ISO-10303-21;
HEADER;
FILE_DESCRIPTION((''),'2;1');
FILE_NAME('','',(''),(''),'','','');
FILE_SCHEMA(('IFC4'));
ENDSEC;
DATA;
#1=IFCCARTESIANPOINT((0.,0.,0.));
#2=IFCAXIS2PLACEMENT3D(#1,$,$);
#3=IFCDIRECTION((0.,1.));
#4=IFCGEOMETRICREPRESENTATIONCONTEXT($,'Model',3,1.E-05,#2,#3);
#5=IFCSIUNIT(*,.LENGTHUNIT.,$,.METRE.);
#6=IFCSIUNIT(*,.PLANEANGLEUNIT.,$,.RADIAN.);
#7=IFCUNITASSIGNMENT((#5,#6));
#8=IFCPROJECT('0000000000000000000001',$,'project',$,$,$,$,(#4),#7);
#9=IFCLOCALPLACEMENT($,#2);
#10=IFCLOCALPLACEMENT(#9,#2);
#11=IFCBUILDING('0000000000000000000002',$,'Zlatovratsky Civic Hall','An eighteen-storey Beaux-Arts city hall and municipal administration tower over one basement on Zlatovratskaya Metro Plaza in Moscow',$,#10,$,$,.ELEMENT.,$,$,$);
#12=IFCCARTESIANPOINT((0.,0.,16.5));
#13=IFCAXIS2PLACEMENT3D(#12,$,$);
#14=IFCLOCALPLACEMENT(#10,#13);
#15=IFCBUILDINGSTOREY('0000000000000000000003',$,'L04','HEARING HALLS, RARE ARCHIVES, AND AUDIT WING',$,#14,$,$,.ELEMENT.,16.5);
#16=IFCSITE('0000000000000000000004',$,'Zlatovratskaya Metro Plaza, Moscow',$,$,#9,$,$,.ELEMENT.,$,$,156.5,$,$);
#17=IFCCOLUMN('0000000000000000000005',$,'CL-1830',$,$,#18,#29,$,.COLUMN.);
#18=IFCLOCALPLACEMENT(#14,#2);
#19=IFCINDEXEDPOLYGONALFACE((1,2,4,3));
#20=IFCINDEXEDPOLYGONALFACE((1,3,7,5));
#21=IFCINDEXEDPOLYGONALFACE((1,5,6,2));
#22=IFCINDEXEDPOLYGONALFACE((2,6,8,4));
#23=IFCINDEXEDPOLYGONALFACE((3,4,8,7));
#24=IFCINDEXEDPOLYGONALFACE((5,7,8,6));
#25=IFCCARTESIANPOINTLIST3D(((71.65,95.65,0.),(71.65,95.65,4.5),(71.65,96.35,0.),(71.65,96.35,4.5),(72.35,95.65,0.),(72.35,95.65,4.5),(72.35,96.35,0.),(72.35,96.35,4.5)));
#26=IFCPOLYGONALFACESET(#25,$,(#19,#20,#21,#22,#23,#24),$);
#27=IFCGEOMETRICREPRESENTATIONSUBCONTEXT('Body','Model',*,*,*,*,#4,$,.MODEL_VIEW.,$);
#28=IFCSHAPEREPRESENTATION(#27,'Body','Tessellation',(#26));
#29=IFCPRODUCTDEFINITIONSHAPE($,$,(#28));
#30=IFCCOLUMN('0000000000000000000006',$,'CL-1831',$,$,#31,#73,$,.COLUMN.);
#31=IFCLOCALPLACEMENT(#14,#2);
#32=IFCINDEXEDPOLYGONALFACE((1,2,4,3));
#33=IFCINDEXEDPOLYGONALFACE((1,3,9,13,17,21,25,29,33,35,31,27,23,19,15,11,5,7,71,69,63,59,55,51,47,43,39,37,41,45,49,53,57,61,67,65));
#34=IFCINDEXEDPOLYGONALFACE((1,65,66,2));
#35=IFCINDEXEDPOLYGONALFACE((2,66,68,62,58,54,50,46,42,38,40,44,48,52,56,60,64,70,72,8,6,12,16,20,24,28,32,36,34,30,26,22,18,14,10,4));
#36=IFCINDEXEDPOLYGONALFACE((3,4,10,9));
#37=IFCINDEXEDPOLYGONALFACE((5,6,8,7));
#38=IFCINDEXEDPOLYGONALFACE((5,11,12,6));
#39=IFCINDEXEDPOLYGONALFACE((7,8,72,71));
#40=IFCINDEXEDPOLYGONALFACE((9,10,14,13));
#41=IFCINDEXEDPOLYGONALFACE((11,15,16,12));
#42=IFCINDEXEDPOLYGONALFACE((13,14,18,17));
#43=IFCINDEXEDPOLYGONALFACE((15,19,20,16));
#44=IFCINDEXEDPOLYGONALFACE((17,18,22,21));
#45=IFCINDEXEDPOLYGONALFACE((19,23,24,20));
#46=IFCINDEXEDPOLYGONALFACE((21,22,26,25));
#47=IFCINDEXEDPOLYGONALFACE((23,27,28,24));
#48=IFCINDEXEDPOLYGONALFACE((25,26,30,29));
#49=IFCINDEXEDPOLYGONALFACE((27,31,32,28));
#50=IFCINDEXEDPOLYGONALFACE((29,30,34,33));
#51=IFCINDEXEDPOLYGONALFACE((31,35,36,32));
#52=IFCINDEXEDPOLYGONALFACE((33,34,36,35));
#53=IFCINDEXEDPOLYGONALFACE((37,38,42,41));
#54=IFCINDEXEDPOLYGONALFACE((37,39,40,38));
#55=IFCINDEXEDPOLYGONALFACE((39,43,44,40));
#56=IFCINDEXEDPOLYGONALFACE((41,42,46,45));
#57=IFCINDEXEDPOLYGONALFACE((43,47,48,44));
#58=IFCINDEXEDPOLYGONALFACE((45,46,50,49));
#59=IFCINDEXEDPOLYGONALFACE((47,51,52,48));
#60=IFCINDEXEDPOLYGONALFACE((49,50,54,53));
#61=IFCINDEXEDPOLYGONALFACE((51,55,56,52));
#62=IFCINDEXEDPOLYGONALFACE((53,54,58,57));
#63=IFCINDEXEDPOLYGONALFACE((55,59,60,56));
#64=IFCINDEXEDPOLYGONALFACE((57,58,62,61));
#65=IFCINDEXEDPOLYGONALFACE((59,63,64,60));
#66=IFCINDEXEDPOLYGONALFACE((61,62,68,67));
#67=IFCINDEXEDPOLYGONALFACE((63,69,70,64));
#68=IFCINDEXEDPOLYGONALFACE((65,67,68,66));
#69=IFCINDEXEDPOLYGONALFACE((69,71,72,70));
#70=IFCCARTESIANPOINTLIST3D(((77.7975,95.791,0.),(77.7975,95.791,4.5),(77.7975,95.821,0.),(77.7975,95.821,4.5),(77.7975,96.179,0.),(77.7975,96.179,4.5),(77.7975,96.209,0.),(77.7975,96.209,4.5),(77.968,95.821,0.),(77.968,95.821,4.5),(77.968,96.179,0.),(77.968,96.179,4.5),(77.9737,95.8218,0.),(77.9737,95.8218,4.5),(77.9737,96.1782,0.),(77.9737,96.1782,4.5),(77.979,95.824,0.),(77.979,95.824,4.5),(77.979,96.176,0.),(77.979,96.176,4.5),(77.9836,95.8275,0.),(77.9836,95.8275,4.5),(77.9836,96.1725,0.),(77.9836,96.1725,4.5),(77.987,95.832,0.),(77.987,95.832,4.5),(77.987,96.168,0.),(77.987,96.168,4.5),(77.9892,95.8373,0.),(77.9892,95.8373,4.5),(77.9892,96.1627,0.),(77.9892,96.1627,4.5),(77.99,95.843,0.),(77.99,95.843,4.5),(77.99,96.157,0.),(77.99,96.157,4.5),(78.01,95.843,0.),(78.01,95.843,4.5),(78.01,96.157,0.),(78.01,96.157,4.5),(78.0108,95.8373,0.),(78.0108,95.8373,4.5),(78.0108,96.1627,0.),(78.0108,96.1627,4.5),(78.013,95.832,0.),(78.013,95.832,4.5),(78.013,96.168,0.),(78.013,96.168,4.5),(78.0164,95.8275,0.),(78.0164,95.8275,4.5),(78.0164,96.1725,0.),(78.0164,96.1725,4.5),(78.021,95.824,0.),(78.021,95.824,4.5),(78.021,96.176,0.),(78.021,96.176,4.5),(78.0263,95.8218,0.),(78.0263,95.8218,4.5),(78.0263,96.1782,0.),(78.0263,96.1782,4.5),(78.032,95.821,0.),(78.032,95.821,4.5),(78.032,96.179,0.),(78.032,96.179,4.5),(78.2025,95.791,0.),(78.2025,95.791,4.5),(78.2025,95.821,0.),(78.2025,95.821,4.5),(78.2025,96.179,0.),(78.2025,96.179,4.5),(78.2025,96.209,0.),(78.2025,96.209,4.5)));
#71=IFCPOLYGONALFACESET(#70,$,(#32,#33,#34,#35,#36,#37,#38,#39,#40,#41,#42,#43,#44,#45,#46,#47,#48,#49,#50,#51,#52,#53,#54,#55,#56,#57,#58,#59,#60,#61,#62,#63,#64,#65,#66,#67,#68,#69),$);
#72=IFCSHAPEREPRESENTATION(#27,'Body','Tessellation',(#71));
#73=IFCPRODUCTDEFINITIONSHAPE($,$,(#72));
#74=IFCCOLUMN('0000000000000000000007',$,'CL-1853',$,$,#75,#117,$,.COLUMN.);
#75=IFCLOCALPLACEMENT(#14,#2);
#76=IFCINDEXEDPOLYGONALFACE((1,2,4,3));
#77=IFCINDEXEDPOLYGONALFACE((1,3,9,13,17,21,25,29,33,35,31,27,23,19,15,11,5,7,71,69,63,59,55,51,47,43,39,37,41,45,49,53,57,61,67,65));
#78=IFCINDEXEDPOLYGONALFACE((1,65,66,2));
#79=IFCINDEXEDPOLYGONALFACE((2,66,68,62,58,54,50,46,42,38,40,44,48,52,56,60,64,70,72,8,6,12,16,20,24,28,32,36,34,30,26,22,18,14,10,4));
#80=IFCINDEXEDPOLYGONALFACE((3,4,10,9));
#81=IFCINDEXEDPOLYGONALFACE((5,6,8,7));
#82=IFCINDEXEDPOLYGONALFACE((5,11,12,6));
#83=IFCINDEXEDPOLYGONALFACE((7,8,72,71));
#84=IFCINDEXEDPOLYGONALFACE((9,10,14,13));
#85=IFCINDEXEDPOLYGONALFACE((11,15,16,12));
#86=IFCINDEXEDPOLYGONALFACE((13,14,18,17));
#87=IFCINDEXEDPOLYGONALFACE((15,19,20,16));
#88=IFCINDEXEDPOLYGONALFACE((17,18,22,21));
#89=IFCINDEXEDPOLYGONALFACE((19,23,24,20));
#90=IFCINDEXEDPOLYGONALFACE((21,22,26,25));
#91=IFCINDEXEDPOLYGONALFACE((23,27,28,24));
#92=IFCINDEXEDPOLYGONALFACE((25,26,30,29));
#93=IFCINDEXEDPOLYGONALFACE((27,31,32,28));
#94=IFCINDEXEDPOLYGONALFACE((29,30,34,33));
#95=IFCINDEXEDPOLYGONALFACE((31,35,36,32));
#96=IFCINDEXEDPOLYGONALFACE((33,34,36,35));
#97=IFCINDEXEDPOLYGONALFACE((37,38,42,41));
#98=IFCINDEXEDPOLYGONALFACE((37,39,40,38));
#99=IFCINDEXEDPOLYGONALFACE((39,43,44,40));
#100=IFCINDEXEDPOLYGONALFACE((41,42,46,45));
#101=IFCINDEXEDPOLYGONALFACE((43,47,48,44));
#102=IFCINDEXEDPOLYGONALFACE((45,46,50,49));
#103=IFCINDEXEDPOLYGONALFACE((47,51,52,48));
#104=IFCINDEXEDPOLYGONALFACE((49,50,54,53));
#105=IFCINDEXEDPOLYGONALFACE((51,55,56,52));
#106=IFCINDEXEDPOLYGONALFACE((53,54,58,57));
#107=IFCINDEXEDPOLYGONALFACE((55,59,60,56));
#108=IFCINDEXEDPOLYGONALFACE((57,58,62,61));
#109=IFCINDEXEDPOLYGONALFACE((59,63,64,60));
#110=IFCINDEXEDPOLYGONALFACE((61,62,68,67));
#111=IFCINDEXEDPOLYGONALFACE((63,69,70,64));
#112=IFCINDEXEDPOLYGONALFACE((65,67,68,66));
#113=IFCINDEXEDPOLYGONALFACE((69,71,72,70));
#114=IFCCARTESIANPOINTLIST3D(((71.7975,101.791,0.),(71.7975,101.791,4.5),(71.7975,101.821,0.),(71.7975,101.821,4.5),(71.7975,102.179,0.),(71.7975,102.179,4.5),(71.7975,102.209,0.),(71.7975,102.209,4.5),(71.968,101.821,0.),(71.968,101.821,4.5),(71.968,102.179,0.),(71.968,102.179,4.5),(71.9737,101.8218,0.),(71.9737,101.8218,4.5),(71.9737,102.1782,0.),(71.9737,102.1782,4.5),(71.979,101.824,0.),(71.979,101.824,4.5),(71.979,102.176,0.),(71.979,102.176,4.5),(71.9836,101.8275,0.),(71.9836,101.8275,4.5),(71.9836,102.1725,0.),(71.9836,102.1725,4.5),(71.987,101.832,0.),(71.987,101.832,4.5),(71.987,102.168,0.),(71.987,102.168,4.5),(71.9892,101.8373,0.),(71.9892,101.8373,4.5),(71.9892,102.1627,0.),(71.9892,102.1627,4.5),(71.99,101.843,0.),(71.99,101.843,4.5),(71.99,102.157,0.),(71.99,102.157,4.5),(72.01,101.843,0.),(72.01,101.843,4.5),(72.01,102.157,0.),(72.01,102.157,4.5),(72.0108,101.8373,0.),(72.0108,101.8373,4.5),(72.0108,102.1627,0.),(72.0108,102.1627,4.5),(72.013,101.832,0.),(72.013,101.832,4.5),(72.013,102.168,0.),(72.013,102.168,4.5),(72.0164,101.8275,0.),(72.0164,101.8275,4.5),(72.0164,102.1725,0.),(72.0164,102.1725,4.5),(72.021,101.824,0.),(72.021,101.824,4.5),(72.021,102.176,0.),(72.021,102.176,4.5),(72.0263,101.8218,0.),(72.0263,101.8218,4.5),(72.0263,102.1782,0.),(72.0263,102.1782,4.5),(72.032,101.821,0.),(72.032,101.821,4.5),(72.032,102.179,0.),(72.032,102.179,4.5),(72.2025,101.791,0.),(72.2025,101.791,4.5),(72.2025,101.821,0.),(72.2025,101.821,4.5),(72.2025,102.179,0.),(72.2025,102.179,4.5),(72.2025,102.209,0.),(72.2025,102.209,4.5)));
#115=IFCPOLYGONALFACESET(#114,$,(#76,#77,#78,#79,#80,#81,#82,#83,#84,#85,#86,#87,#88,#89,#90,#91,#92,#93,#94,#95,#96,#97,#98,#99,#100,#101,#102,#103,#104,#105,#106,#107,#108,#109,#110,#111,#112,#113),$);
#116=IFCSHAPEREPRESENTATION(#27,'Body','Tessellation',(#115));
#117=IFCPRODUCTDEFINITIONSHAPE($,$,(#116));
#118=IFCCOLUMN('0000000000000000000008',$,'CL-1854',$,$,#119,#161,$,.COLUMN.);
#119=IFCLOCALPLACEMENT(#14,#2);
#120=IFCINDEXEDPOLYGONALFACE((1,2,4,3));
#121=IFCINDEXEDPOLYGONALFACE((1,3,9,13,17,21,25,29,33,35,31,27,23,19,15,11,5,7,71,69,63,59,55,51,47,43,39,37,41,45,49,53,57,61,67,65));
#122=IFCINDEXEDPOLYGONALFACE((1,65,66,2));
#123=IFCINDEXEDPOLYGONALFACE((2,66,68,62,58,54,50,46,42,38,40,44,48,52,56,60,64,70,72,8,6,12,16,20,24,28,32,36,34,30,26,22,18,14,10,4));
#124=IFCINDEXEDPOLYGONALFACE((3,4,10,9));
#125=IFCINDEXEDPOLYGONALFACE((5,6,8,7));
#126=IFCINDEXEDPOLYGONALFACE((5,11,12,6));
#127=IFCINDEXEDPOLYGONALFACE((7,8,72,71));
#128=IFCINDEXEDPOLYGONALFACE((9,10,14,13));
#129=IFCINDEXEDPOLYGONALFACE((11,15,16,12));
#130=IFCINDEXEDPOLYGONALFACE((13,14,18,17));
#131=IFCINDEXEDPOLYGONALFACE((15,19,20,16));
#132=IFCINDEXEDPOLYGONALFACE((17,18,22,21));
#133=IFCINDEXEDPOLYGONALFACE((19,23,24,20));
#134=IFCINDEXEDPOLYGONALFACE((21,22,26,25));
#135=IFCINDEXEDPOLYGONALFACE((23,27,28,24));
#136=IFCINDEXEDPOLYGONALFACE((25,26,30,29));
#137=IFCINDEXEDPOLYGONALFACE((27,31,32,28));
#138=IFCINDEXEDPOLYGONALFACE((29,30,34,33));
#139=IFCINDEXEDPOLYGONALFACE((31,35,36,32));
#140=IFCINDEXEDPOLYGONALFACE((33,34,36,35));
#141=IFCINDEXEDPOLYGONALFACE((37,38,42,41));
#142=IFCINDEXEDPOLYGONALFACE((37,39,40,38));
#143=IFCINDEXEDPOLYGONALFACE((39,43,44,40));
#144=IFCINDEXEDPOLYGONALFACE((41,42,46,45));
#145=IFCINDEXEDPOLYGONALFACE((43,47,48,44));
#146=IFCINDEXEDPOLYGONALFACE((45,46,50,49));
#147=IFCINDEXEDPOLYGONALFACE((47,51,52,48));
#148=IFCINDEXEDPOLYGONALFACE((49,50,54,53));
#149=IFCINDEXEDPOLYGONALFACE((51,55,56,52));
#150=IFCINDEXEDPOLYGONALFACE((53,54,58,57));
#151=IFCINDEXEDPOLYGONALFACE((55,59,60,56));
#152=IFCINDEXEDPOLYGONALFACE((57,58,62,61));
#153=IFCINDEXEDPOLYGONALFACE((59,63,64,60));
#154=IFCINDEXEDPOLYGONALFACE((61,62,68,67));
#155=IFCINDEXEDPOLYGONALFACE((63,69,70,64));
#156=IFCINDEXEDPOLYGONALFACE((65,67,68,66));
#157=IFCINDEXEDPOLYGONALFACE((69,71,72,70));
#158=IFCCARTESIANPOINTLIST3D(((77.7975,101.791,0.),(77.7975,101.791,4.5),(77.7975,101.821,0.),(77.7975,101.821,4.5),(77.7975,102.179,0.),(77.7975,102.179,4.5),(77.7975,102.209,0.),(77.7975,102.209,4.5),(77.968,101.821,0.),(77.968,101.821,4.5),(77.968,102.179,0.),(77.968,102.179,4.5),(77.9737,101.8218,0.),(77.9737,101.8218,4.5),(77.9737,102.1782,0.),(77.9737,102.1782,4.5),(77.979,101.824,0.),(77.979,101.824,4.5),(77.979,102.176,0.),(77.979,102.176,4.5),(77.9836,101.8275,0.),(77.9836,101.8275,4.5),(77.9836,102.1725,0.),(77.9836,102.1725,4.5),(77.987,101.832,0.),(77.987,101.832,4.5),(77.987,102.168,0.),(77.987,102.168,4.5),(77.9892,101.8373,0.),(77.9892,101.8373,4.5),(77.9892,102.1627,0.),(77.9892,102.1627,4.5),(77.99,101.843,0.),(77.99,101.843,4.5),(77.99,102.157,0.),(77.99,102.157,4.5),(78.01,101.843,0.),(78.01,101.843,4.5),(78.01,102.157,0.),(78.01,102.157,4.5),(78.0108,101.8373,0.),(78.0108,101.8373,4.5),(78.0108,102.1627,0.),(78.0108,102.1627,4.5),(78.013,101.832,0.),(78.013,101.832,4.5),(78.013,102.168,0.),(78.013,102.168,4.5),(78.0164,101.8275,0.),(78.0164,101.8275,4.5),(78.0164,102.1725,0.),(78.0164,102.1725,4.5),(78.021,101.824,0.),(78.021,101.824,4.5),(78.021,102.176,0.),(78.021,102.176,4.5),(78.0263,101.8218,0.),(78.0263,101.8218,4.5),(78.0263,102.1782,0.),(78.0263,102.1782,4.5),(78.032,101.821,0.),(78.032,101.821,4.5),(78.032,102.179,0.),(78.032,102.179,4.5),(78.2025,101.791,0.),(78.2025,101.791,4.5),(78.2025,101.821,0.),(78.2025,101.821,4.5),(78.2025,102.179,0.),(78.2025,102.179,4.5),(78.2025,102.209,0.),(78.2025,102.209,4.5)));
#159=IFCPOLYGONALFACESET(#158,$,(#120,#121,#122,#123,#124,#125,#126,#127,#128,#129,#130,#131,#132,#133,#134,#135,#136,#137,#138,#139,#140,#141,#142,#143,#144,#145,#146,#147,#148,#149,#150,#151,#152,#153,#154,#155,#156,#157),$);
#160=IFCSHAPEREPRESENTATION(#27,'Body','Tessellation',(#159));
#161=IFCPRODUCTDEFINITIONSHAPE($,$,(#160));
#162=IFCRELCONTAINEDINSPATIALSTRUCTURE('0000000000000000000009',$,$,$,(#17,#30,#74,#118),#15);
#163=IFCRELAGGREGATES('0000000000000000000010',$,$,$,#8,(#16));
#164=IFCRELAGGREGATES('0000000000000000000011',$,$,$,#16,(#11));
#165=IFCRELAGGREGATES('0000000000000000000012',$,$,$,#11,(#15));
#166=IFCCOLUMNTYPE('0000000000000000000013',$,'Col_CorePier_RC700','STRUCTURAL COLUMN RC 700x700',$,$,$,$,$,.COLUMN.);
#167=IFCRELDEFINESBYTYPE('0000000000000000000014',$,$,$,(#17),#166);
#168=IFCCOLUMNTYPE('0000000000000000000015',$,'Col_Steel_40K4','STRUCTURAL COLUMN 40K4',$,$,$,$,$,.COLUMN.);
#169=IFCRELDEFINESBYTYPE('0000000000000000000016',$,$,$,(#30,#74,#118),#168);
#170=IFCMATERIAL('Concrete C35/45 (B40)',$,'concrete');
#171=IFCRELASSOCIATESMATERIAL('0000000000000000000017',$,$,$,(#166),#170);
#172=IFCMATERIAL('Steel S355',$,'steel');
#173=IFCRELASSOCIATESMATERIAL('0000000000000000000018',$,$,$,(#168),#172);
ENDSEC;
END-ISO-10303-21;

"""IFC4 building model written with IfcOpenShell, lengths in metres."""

from ifc_helpers import new_model, si_unit, direction, frame, origin, origin_2d, place, context, subcontext, project, spatial, rectangle, i_section, extrude, material, material_profile, profile_set, type_object, element, save


model = new_model("IFC4")

# Units and contexts
model_context = context("Model", 3, precision=1e-05, world=origin(), true_north=direction((0.0, 1.0)))
body_context = subcontext(model_context, "Body", "Model", "MODEL_VIEW")
ifc_project = project(units=[si_unit("LENGTHUNIT", "METRE"), si_unit("PLANEANGLEUNIT", "RADIAN")], contexts=[model_context])

# Site, building, storey
site_placement = place(None, origin())
site = spatial("IfcSite", under=ifc_project, at=site_placement, Name="Zlatovratskaya Metro Plaza, Moscow", CompositionType="ELEMENT", RefElevation=156.5)
building_placement = place(site_placement, origin())
building = spatial("IfcBuilding", under=site, at=building_placement, Name="Zlatovratsky Civic Hall", Description="An eighteen-storey Beaux-Arts city hall and municipal administration tower over one basement on Zlatovratskaya Metro Plaza in Moscow", CompositionType="ELEMENT")
storey_placement = place(building_placement, frame((0.0, 0.0, 16.5)))
storey = spatial("IfcBuildingStorey", under=building, at=storey_placement, Name="L04", Description="HEARING HALLS, RARE ARCHIVES, AND AUDIT WING", CompositionType="ELEMENT", Elevation=16.5)

# Columns
ifc_material_1 = material(Name="Concrete C35/45 (B40)", Category="concrete")
ifc_material_profile_1 = material_profile(ifc_material_1, rectangle(XDim=0.7, YDim=0.7, at=origin_2d()), Name="RC 700x700")
ifc_profile_set_1 = profile_set([ifc_material_profile_1], Name="Concrete C35/45 (B40)")
column_type_1 = type_object("IfcColumnType", Name="Col_CorePier_RC700", Description="STRUCTURAL COLUMN RC 700x700", PredefinedType="COLUMN", material=ifc_profile_set_1)
column_placement = place(storey_placement, frame((72.0, 96.0, 0.0), z_axis=(0.0, 0.0, 1.0), x_axis=(1.0, 0.0, 0.0)))
element("IfcColumn", 1, at=column_placement, inside=storey, type_object=column_type_1, Name="CL-1830", PredefinedType="COLUMN", context=body_context, shape_type="SweptSolid", body=[
    extrude(rectangle(XDim=0.7, YDim=0.7, at=origin_2d()), origin(), (0.0, 0.0, 1.0), 4.5),
])
ifc_material_2 = material(Name="Steel S355", Category="steel")
ifc_material_profile_2 = material_profile(ifc_material_2, i_section(OverallWidth=0.405, OverallDepth=0.418, WebThickness=0.02, FlangeThickness=0.03, FilletRadius=0.022, at=origin_2d()), Name="40K4")
ifc_profile_set_2 = profile_set([ifc_material_profile_2], Name="Steel S355")
column_type_2 = type_object("IfcColumnType", Name="Col_Steel_40K4", Description="STRUCTURAL COLUMN 40K4", PredefinedType="COLUMN", material=ifc_profile_set_2)
for number, where, z_axis, x_axis, name in (
    (2, (78.0, 96.0, 0.0), (0.0, 0.0, 1.0), (1.0, 0.0, 0.0), "CL-1831"),
    (3, (72.0, 102.0, 0.0), (0.0, 0.0, 1.0), (1.0, 0.0, 0.0), "CL-1853"),
    (4, (78.0, 102.0, 0.0), (0.0, 0.0, 1.0), (1.0, 0.0, 0.0), "CL-1854"),
):
    element("IfcColumn", number, at=place(storey_placement, frame(where, z_axis=z_axis, x_axis=x_axis)), inside=storey, type_object=column_type_2, Name=name, PredefinedType="COLUMN", context=body_context, shape_type="SweptSolid", body=[
        extrude(i_section(OverallWidth=0.405, OverallDepth=0.418, WebThickness=0.02, FlangeThickness=0.03, FilletRadius=0.022, at=origin_2d()), origin(), (0.0, 0.0, 1.0), 4.5),
    ])

save(model, "model.ifc")
